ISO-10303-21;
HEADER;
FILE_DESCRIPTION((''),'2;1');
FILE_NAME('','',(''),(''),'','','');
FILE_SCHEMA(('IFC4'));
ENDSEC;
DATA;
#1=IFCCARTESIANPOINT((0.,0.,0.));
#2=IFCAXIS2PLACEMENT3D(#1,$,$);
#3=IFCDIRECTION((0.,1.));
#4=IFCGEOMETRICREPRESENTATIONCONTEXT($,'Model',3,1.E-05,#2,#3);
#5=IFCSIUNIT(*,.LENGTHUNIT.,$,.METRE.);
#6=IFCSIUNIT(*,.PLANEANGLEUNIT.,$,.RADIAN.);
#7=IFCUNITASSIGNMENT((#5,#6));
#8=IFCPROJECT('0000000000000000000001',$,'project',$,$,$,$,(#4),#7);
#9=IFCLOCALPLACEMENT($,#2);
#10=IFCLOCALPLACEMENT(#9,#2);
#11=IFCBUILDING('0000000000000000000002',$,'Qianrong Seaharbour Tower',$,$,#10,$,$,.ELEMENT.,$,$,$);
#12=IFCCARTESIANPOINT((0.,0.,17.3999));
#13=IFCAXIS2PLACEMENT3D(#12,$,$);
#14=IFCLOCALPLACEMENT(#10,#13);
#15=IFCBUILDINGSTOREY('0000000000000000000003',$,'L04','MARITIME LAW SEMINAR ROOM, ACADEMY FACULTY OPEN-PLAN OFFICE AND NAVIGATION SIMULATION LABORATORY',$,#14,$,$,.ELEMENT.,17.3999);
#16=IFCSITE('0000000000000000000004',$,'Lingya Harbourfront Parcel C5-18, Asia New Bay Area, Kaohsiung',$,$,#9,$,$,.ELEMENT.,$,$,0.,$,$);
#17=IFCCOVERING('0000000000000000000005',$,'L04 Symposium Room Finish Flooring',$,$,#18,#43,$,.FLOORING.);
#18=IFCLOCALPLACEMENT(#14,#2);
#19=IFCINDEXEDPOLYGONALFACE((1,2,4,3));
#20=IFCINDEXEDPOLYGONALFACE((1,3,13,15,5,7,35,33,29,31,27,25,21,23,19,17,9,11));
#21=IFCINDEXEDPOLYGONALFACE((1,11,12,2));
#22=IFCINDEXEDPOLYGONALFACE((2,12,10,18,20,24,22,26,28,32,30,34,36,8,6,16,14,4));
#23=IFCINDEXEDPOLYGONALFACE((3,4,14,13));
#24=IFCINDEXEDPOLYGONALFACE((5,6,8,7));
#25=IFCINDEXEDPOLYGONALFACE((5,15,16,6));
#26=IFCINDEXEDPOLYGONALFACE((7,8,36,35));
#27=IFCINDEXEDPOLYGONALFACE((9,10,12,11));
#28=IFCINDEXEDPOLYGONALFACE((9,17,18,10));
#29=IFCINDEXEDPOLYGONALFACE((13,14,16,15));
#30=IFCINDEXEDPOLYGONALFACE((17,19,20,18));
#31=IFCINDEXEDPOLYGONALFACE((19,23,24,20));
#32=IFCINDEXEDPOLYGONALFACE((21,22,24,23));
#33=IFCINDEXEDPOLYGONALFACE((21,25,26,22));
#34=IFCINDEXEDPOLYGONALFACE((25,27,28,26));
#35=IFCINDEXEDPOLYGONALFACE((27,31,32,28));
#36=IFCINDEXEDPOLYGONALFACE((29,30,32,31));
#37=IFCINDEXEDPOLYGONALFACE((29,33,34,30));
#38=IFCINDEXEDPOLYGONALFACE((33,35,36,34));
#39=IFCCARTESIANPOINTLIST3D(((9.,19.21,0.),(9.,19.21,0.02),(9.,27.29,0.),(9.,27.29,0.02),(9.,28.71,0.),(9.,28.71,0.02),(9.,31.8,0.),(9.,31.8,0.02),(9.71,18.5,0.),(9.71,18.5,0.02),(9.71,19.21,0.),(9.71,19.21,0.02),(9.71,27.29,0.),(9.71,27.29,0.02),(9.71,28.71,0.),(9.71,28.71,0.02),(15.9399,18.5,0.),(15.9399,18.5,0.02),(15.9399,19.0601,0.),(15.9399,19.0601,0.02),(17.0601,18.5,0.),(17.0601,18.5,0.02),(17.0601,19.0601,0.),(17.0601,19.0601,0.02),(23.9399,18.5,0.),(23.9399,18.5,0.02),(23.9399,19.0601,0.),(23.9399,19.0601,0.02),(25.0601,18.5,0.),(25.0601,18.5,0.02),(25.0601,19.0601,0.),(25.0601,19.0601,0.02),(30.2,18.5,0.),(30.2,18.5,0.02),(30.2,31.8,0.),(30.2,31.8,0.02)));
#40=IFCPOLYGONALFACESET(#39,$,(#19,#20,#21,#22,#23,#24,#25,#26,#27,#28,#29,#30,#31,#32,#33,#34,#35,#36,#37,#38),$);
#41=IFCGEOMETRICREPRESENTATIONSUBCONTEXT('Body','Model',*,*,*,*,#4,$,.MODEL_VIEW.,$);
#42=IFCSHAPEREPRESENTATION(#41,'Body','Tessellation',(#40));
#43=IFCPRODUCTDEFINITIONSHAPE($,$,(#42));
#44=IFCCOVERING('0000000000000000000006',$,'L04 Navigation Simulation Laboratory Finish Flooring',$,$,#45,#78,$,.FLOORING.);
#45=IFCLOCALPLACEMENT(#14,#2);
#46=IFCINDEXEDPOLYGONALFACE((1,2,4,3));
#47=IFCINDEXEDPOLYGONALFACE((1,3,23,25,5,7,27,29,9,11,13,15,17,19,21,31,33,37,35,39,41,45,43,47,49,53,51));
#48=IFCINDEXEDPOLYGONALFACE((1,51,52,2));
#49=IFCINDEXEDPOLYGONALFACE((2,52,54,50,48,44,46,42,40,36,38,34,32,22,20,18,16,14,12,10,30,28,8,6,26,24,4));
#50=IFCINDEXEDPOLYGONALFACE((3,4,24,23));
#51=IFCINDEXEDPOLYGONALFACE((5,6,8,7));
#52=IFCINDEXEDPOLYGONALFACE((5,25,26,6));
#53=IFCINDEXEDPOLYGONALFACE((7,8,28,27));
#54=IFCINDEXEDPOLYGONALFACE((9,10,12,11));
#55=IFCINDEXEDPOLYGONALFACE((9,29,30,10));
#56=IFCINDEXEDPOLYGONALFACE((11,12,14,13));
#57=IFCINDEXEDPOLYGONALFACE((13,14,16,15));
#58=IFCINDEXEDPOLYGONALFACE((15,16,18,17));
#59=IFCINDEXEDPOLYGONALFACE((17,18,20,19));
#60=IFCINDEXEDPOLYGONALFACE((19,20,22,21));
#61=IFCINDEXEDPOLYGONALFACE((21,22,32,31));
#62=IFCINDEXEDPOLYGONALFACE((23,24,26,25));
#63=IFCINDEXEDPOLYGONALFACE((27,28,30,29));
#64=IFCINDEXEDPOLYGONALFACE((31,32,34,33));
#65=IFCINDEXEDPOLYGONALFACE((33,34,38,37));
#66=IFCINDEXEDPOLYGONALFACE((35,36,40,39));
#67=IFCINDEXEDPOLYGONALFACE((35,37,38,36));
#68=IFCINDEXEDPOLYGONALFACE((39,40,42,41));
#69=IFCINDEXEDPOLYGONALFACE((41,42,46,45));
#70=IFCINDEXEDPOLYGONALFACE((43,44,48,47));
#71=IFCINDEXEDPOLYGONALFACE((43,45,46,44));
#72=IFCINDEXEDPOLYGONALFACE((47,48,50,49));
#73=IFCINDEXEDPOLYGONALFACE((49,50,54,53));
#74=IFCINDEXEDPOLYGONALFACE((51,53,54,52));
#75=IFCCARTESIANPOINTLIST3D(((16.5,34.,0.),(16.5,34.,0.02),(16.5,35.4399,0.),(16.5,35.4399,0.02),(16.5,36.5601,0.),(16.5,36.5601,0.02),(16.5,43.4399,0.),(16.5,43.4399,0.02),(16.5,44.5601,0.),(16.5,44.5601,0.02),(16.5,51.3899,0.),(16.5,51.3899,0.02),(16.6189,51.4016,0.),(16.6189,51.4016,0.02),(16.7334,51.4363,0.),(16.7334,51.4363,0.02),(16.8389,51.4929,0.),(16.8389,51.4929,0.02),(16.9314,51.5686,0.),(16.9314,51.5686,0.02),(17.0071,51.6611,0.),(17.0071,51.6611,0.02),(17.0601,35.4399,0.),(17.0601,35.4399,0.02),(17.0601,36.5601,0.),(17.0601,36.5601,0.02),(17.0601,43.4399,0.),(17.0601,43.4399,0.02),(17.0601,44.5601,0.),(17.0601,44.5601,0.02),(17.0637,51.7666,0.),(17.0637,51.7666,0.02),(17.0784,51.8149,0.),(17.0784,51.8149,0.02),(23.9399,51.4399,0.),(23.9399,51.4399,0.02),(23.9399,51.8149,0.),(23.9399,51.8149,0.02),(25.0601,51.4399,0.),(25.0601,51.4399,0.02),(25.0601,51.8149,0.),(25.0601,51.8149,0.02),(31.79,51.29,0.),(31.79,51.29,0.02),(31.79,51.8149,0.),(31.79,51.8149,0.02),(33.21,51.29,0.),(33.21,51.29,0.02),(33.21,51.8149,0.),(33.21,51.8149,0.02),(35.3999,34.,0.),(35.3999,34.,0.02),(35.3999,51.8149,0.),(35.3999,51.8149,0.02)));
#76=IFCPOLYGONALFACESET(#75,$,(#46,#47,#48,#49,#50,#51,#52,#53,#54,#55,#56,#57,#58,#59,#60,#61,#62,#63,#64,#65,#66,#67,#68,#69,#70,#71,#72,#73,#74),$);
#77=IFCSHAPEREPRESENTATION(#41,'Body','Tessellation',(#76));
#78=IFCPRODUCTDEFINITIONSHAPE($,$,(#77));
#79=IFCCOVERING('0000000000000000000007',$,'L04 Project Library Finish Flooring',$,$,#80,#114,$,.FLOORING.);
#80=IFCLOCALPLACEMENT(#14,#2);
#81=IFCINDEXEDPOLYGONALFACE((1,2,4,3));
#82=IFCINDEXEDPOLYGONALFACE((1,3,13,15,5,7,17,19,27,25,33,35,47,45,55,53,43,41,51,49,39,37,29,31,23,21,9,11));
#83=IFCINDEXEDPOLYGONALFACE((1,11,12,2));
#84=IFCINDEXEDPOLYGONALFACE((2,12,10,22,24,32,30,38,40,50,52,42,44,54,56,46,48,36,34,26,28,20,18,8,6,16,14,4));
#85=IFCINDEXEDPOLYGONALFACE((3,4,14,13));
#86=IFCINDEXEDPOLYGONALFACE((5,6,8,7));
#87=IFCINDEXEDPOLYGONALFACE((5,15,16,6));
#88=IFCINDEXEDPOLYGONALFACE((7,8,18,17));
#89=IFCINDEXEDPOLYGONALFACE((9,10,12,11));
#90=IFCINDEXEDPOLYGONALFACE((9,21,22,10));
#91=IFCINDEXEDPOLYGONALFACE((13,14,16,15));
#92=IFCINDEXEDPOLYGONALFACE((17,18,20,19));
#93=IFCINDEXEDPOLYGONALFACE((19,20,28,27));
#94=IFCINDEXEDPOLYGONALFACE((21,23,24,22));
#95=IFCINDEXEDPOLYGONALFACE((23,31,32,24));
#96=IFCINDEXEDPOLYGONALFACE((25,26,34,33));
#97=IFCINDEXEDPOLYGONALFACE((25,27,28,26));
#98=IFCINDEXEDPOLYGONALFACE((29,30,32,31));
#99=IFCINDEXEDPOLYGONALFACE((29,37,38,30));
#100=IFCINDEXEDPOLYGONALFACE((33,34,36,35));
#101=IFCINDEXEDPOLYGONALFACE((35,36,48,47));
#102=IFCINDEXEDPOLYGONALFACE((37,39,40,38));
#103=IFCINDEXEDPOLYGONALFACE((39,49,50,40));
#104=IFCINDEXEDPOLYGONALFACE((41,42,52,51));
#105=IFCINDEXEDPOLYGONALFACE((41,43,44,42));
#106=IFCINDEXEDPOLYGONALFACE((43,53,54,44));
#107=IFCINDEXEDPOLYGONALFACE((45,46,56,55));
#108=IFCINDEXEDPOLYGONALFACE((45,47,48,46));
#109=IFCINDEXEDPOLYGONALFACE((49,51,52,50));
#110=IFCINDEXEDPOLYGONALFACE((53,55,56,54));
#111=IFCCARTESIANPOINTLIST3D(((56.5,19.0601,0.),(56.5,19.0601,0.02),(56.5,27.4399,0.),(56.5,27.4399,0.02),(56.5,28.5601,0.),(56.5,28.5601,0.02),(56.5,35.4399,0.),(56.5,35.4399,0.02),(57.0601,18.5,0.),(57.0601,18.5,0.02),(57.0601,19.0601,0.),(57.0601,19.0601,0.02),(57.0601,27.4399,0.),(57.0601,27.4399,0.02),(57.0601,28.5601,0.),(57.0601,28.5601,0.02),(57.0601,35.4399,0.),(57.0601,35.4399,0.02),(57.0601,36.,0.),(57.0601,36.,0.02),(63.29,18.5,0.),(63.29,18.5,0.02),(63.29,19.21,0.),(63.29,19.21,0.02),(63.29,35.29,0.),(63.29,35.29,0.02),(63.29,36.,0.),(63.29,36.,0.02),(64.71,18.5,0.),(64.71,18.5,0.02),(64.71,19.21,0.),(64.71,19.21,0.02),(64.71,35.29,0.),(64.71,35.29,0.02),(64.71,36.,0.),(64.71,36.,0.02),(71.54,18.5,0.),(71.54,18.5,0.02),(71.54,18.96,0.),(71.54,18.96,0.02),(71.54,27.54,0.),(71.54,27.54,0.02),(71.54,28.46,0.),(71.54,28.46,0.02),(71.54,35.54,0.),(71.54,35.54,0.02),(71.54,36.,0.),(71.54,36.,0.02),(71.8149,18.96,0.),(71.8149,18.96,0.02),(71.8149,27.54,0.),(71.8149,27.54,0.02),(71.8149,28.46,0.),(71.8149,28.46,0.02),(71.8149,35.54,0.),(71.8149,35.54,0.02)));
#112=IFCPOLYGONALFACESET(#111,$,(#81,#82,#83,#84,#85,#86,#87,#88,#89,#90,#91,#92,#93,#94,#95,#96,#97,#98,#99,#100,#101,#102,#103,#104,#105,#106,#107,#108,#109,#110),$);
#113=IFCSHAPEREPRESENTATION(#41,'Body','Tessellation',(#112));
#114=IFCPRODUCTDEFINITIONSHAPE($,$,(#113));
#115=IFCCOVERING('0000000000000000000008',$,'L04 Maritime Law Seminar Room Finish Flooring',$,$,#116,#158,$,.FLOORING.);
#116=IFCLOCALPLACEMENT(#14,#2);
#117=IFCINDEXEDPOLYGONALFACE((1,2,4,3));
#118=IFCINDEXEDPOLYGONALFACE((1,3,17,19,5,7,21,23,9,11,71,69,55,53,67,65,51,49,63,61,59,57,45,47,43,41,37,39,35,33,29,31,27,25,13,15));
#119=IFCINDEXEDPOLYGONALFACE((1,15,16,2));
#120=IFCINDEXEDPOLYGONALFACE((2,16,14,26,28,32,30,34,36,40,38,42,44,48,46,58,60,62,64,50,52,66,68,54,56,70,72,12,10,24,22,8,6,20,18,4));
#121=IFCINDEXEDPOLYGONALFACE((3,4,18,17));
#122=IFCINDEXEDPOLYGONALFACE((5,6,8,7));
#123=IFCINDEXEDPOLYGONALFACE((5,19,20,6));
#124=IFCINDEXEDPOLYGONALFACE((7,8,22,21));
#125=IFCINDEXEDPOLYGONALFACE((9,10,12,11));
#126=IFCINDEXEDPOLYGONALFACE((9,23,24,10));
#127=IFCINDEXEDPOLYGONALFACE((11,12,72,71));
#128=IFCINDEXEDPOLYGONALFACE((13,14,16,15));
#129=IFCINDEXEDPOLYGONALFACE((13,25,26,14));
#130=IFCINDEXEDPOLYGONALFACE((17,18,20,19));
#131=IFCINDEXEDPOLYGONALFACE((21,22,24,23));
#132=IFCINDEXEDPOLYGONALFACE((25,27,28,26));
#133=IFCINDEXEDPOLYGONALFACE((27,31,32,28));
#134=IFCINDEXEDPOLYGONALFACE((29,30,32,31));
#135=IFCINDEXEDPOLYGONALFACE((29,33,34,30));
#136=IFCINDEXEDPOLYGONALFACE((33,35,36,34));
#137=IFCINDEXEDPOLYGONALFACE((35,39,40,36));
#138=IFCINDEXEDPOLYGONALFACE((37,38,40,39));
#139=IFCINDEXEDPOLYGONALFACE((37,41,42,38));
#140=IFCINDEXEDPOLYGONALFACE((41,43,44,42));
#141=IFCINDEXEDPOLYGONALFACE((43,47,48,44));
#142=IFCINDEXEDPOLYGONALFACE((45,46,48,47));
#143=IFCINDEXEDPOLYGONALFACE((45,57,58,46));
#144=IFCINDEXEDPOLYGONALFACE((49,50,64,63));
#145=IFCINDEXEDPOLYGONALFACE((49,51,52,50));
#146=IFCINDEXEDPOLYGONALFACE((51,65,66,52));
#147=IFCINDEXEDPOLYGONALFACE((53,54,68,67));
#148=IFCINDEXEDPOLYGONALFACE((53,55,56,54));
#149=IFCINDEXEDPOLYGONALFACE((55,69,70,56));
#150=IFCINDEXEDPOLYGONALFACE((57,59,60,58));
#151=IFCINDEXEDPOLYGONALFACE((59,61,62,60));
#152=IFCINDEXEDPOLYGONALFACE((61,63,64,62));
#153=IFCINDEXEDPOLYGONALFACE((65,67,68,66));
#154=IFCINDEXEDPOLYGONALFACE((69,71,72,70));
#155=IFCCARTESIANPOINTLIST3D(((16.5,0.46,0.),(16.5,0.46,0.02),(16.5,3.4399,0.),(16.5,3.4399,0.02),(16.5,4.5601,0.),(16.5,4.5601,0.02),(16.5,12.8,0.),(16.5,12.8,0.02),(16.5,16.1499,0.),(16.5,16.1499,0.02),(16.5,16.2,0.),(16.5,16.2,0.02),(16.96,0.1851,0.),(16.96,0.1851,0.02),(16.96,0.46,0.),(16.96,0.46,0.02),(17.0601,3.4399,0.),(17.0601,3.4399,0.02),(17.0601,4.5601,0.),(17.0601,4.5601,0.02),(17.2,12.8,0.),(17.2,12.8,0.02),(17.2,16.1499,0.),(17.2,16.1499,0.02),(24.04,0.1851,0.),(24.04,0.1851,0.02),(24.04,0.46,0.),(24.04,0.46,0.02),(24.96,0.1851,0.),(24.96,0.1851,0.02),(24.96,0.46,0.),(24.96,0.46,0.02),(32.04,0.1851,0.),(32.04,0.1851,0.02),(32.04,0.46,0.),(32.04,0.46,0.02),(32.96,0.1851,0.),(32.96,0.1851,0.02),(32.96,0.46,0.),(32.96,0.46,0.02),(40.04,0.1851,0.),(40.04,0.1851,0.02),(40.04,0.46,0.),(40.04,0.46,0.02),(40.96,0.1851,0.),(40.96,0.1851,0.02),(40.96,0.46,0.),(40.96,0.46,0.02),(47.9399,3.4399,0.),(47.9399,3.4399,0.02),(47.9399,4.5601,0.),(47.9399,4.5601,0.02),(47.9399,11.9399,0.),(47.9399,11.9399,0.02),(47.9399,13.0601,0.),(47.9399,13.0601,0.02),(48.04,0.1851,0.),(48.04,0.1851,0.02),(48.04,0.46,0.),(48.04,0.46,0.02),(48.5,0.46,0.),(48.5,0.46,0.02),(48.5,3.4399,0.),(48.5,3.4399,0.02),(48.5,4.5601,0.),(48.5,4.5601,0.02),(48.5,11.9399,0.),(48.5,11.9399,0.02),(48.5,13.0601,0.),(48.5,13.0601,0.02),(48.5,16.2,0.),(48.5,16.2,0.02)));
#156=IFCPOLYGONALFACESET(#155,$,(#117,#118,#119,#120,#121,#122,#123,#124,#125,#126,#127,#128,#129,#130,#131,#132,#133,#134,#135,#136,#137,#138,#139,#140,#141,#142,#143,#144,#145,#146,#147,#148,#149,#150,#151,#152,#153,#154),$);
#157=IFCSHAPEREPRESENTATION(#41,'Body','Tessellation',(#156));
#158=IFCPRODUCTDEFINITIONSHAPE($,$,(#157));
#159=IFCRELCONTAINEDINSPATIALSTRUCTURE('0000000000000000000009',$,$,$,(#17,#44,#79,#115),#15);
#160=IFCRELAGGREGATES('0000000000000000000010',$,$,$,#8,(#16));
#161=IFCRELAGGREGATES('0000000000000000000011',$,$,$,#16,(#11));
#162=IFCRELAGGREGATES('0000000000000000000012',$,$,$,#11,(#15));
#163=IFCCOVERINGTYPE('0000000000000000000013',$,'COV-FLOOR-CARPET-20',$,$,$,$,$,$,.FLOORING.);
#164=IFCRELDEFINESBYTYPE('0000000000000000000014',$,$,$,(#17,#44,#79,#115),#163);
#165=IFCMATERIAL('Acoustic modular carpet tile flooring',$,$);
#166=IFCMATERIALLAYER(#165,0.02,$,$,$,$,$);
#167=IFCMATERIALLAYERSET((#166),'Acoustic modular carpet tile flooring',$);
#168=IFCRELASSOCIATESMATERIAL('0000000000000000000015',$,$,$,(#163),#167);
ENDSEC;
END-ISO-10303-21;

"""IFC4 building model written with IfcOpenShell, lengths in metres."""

from ifc_helpers import new_model, si_unit, direction, frame, origin, place, context, subcontext, project, spatial, polyline, outline, extrude, material, layer, layer_set, type_object, element, save


model = new_model("IFC4")

# Units and contexts
model_context = context("Model", 3, precision=1e-05, world=origin(), true_north=direction((0.0, 1.0)))
body_context = subcontext(model_context, "Body", "Model", "MODEL_VIEW")
ifc_project = project(units=[si_unit("LENGTHUNIT", "METRE"), si_unit("PLANEANGLEUNIT", "RADIAN")], contexts=[model_context])

# Site, building, storey
site_placement = place(None, origin())
site = spatial("IfcSite", under=ifc_project, at=site_placement, Name="Lingya Harbourfront Parcel C5-18, Asia New Bay Area, Kaohsiung", CompositionType="ELEMENT", RefElevation=0.0)
building_placement = place(site_placement, origin())
building = spatial("IfcBuilding", under=site, at=building_placement, Name="Qianrong Seaharbour Tower", CompositionType="ELEMENT")
storey_placement = place(building_placement, frame((0.0, 0.0, 17.3999)))
storey = spatial("IfcBuildingStorey", under=building, at=storey_placement, Name="L04", Description="MARITIME LAW SEMINAR ROOM, ACADEMY FACULTY OPEN-PLAN OFFICE AND NAVIGATION SIMULATION LABORATORY", CompositionType="ELEMENT", Elevation=17.3999)

# Coverings
ifc_material_1 = material(Name="Acoustic modular carpet tile flooring")
ifc_layer_1 = layer(ifc_material_1, 0.02)
ifc_layer_set_1 = layer_set([ifc_layer_1], Name="Acoustic modular carpet tile flooring")
covering_type_1 = type_object("IfcCoveringType", Name="COV-FLOOR-CARPET-20", PredefinedType="FLOORING", material=ifc_layer_set_1)
covering_1_placement = place(storey_placement, origin())
element("IfcCovering", 1, at=covering_1_placement, inside=storey, type_object=covering_type_1, Name="L04 Symposium Room Finish Flooring", PredefinedType="FLOORING", context=body_context, shape_type="SweptSolid", body=[
    extrude(outline(polyline([(30.2, 31.8), (30.2, 18.5), (25.0601, 18.5), (25.0601, 19.0601), (23.9399, 19.0601), (23.9399, 18.5), (17.0601, 18.5), (17.0601, 19.0601), (15.9399, 19.0601), (15.9399, 18.5), (9.71, 18.5), (9.71, 19.21), (9.0, 19.21), (9.0, 27.29), (9.71, 27.29), (9.71, 28.71), (9.0, 28.71), (9.0, 31.8), (30.2, 31.8)])), origin(), (0.0, 0.0, 1.0), 0.02),
])
covering_2_placement = place(storey_placement, origin())
element("IfcCovering", 2, at=covering_2_placement, inside=storey, type_object=covering_type_1, Name="L04 Navigation Simulation Laboratory Finish Flooring", PredefinedType="FLOORING", context=body_context, shape_type="SweptSolid", body=[
    extrude(outline(polyline([(16.5, 35.4399), (17.0601, 35.4399), (17.0601, 36.5601), (16.5, 36.5601), (16.5, 43.4399), (17.0601, 43.4399), (17.0601, 44.5601), (16.5, 44.5601), (16.5, 51.3899), (16.6189, 51.4016), (16.7334, 51.4363), (16.8389, 51.4929), (16.9314, 51.5686), (17.0071, 51.6611), (17.0637, 51.7666), (17.0784, 51.8149), (23.9399, 51.8149), (23.9399, 51.4399), (25.0601, 51.4399), (25.0601, 51.8149), (31.79, 51.8149), (31.79, 51.29), (33.21, 51.29), (33.21, 51.8149), (35.3999, 51.8149), (35.3999, 34.0), (16.5, 34.0), (16.5, 35.4399)])), origin(), (0.0, 0.0, 1.0), 0.02),
])
covering_3_placement = place(storey_placement, origin())
element("IfcCovering", 3, at=covering_3_placement, inside=storey, type_object=covering_type_1, Name="L04 Project Library Finish Flooring", PredefinedType="FLOORING", context=body_context, shape_type="SweptSolid", body=[
    extrude(outline(polyline([(63.29, 36.0), (63.29, 35.29), (64.71, 35.29), (64.71, 36.0), (71.54, 36.0), (71.54, 35.54), (71.8149, 35.54), (71.8149, 28.46), (71.54, 28.46), (71.54, 27.54), (71.8149, 27.54), (71.8149, 18.96), (71.54, 18.96), (71.54, 18.5), (64.71, 18.5), (64.71, 19.21), (63.29, 19.21), (63.29, 18.5), (57.0601, 18.5), (57.0601, 19.0601), (56.5, 19.0601), (56.5, 27.4399), (57.0601, 27.4399), (57.0601, 28.5601), (56.5, 28.5601), (56.5, 35.4399), (57.0601, 35.4399), (57.0601, 36.0), (63.29, 36.0)])), origin(), (0.0, 0.0, 1.0), 0.02),
])
covering_4_placement = place(storey_placement, origin())
element("IfcCovering", 4, at=covering_4_placement, inside=storey, type_object=covering_type_1, Name="L04 Maritime Law Seminar Room Finish Flooring", PredefinedType="FLOORING", context=body_context, shape_type="SweptSolid", body=[
    extrude(outline(polyline([(48.5, 13.0601), (47.9399, 13.0601), (47.9399, 11.9399), (48.5, 11.9399), (48.5, 4.5601), (47.9399, 4.5601), (47.9399, 3.4399), (48.5, 3.4399), (48.5, 0.46), (48.04, 0.46), (48.04, 0.1851), (40.96, 0.1851), (40.96, 0.46), (40.04, 0.46), (40.04, 0.1851), (32.96, 0.1851), (32.96, 0.46), (32.04, 0.46), (32.04, 0.1851), (24.96, 0.1851), (24.96, 0.46), (24.04, 0.46), (24.04, 0.1851), (16.96, 0.1851), (16.96, 0.46), (16.5, 0.46), (16.5, 3.4399), (17.0601, 3.4399), (17.0601, 4.5601), (16.5, 4.5601), (16.5, 12.8), (17.2, 12.8), (17.2, 16.1499), (16.5, 16.1499), (16.5, 16.2), (48.5, 16.2), (48.5, 13.0601)])), origin(), (0.0, 0.0, 1.0), 0.02),
])

save(model, "model.ifc")
